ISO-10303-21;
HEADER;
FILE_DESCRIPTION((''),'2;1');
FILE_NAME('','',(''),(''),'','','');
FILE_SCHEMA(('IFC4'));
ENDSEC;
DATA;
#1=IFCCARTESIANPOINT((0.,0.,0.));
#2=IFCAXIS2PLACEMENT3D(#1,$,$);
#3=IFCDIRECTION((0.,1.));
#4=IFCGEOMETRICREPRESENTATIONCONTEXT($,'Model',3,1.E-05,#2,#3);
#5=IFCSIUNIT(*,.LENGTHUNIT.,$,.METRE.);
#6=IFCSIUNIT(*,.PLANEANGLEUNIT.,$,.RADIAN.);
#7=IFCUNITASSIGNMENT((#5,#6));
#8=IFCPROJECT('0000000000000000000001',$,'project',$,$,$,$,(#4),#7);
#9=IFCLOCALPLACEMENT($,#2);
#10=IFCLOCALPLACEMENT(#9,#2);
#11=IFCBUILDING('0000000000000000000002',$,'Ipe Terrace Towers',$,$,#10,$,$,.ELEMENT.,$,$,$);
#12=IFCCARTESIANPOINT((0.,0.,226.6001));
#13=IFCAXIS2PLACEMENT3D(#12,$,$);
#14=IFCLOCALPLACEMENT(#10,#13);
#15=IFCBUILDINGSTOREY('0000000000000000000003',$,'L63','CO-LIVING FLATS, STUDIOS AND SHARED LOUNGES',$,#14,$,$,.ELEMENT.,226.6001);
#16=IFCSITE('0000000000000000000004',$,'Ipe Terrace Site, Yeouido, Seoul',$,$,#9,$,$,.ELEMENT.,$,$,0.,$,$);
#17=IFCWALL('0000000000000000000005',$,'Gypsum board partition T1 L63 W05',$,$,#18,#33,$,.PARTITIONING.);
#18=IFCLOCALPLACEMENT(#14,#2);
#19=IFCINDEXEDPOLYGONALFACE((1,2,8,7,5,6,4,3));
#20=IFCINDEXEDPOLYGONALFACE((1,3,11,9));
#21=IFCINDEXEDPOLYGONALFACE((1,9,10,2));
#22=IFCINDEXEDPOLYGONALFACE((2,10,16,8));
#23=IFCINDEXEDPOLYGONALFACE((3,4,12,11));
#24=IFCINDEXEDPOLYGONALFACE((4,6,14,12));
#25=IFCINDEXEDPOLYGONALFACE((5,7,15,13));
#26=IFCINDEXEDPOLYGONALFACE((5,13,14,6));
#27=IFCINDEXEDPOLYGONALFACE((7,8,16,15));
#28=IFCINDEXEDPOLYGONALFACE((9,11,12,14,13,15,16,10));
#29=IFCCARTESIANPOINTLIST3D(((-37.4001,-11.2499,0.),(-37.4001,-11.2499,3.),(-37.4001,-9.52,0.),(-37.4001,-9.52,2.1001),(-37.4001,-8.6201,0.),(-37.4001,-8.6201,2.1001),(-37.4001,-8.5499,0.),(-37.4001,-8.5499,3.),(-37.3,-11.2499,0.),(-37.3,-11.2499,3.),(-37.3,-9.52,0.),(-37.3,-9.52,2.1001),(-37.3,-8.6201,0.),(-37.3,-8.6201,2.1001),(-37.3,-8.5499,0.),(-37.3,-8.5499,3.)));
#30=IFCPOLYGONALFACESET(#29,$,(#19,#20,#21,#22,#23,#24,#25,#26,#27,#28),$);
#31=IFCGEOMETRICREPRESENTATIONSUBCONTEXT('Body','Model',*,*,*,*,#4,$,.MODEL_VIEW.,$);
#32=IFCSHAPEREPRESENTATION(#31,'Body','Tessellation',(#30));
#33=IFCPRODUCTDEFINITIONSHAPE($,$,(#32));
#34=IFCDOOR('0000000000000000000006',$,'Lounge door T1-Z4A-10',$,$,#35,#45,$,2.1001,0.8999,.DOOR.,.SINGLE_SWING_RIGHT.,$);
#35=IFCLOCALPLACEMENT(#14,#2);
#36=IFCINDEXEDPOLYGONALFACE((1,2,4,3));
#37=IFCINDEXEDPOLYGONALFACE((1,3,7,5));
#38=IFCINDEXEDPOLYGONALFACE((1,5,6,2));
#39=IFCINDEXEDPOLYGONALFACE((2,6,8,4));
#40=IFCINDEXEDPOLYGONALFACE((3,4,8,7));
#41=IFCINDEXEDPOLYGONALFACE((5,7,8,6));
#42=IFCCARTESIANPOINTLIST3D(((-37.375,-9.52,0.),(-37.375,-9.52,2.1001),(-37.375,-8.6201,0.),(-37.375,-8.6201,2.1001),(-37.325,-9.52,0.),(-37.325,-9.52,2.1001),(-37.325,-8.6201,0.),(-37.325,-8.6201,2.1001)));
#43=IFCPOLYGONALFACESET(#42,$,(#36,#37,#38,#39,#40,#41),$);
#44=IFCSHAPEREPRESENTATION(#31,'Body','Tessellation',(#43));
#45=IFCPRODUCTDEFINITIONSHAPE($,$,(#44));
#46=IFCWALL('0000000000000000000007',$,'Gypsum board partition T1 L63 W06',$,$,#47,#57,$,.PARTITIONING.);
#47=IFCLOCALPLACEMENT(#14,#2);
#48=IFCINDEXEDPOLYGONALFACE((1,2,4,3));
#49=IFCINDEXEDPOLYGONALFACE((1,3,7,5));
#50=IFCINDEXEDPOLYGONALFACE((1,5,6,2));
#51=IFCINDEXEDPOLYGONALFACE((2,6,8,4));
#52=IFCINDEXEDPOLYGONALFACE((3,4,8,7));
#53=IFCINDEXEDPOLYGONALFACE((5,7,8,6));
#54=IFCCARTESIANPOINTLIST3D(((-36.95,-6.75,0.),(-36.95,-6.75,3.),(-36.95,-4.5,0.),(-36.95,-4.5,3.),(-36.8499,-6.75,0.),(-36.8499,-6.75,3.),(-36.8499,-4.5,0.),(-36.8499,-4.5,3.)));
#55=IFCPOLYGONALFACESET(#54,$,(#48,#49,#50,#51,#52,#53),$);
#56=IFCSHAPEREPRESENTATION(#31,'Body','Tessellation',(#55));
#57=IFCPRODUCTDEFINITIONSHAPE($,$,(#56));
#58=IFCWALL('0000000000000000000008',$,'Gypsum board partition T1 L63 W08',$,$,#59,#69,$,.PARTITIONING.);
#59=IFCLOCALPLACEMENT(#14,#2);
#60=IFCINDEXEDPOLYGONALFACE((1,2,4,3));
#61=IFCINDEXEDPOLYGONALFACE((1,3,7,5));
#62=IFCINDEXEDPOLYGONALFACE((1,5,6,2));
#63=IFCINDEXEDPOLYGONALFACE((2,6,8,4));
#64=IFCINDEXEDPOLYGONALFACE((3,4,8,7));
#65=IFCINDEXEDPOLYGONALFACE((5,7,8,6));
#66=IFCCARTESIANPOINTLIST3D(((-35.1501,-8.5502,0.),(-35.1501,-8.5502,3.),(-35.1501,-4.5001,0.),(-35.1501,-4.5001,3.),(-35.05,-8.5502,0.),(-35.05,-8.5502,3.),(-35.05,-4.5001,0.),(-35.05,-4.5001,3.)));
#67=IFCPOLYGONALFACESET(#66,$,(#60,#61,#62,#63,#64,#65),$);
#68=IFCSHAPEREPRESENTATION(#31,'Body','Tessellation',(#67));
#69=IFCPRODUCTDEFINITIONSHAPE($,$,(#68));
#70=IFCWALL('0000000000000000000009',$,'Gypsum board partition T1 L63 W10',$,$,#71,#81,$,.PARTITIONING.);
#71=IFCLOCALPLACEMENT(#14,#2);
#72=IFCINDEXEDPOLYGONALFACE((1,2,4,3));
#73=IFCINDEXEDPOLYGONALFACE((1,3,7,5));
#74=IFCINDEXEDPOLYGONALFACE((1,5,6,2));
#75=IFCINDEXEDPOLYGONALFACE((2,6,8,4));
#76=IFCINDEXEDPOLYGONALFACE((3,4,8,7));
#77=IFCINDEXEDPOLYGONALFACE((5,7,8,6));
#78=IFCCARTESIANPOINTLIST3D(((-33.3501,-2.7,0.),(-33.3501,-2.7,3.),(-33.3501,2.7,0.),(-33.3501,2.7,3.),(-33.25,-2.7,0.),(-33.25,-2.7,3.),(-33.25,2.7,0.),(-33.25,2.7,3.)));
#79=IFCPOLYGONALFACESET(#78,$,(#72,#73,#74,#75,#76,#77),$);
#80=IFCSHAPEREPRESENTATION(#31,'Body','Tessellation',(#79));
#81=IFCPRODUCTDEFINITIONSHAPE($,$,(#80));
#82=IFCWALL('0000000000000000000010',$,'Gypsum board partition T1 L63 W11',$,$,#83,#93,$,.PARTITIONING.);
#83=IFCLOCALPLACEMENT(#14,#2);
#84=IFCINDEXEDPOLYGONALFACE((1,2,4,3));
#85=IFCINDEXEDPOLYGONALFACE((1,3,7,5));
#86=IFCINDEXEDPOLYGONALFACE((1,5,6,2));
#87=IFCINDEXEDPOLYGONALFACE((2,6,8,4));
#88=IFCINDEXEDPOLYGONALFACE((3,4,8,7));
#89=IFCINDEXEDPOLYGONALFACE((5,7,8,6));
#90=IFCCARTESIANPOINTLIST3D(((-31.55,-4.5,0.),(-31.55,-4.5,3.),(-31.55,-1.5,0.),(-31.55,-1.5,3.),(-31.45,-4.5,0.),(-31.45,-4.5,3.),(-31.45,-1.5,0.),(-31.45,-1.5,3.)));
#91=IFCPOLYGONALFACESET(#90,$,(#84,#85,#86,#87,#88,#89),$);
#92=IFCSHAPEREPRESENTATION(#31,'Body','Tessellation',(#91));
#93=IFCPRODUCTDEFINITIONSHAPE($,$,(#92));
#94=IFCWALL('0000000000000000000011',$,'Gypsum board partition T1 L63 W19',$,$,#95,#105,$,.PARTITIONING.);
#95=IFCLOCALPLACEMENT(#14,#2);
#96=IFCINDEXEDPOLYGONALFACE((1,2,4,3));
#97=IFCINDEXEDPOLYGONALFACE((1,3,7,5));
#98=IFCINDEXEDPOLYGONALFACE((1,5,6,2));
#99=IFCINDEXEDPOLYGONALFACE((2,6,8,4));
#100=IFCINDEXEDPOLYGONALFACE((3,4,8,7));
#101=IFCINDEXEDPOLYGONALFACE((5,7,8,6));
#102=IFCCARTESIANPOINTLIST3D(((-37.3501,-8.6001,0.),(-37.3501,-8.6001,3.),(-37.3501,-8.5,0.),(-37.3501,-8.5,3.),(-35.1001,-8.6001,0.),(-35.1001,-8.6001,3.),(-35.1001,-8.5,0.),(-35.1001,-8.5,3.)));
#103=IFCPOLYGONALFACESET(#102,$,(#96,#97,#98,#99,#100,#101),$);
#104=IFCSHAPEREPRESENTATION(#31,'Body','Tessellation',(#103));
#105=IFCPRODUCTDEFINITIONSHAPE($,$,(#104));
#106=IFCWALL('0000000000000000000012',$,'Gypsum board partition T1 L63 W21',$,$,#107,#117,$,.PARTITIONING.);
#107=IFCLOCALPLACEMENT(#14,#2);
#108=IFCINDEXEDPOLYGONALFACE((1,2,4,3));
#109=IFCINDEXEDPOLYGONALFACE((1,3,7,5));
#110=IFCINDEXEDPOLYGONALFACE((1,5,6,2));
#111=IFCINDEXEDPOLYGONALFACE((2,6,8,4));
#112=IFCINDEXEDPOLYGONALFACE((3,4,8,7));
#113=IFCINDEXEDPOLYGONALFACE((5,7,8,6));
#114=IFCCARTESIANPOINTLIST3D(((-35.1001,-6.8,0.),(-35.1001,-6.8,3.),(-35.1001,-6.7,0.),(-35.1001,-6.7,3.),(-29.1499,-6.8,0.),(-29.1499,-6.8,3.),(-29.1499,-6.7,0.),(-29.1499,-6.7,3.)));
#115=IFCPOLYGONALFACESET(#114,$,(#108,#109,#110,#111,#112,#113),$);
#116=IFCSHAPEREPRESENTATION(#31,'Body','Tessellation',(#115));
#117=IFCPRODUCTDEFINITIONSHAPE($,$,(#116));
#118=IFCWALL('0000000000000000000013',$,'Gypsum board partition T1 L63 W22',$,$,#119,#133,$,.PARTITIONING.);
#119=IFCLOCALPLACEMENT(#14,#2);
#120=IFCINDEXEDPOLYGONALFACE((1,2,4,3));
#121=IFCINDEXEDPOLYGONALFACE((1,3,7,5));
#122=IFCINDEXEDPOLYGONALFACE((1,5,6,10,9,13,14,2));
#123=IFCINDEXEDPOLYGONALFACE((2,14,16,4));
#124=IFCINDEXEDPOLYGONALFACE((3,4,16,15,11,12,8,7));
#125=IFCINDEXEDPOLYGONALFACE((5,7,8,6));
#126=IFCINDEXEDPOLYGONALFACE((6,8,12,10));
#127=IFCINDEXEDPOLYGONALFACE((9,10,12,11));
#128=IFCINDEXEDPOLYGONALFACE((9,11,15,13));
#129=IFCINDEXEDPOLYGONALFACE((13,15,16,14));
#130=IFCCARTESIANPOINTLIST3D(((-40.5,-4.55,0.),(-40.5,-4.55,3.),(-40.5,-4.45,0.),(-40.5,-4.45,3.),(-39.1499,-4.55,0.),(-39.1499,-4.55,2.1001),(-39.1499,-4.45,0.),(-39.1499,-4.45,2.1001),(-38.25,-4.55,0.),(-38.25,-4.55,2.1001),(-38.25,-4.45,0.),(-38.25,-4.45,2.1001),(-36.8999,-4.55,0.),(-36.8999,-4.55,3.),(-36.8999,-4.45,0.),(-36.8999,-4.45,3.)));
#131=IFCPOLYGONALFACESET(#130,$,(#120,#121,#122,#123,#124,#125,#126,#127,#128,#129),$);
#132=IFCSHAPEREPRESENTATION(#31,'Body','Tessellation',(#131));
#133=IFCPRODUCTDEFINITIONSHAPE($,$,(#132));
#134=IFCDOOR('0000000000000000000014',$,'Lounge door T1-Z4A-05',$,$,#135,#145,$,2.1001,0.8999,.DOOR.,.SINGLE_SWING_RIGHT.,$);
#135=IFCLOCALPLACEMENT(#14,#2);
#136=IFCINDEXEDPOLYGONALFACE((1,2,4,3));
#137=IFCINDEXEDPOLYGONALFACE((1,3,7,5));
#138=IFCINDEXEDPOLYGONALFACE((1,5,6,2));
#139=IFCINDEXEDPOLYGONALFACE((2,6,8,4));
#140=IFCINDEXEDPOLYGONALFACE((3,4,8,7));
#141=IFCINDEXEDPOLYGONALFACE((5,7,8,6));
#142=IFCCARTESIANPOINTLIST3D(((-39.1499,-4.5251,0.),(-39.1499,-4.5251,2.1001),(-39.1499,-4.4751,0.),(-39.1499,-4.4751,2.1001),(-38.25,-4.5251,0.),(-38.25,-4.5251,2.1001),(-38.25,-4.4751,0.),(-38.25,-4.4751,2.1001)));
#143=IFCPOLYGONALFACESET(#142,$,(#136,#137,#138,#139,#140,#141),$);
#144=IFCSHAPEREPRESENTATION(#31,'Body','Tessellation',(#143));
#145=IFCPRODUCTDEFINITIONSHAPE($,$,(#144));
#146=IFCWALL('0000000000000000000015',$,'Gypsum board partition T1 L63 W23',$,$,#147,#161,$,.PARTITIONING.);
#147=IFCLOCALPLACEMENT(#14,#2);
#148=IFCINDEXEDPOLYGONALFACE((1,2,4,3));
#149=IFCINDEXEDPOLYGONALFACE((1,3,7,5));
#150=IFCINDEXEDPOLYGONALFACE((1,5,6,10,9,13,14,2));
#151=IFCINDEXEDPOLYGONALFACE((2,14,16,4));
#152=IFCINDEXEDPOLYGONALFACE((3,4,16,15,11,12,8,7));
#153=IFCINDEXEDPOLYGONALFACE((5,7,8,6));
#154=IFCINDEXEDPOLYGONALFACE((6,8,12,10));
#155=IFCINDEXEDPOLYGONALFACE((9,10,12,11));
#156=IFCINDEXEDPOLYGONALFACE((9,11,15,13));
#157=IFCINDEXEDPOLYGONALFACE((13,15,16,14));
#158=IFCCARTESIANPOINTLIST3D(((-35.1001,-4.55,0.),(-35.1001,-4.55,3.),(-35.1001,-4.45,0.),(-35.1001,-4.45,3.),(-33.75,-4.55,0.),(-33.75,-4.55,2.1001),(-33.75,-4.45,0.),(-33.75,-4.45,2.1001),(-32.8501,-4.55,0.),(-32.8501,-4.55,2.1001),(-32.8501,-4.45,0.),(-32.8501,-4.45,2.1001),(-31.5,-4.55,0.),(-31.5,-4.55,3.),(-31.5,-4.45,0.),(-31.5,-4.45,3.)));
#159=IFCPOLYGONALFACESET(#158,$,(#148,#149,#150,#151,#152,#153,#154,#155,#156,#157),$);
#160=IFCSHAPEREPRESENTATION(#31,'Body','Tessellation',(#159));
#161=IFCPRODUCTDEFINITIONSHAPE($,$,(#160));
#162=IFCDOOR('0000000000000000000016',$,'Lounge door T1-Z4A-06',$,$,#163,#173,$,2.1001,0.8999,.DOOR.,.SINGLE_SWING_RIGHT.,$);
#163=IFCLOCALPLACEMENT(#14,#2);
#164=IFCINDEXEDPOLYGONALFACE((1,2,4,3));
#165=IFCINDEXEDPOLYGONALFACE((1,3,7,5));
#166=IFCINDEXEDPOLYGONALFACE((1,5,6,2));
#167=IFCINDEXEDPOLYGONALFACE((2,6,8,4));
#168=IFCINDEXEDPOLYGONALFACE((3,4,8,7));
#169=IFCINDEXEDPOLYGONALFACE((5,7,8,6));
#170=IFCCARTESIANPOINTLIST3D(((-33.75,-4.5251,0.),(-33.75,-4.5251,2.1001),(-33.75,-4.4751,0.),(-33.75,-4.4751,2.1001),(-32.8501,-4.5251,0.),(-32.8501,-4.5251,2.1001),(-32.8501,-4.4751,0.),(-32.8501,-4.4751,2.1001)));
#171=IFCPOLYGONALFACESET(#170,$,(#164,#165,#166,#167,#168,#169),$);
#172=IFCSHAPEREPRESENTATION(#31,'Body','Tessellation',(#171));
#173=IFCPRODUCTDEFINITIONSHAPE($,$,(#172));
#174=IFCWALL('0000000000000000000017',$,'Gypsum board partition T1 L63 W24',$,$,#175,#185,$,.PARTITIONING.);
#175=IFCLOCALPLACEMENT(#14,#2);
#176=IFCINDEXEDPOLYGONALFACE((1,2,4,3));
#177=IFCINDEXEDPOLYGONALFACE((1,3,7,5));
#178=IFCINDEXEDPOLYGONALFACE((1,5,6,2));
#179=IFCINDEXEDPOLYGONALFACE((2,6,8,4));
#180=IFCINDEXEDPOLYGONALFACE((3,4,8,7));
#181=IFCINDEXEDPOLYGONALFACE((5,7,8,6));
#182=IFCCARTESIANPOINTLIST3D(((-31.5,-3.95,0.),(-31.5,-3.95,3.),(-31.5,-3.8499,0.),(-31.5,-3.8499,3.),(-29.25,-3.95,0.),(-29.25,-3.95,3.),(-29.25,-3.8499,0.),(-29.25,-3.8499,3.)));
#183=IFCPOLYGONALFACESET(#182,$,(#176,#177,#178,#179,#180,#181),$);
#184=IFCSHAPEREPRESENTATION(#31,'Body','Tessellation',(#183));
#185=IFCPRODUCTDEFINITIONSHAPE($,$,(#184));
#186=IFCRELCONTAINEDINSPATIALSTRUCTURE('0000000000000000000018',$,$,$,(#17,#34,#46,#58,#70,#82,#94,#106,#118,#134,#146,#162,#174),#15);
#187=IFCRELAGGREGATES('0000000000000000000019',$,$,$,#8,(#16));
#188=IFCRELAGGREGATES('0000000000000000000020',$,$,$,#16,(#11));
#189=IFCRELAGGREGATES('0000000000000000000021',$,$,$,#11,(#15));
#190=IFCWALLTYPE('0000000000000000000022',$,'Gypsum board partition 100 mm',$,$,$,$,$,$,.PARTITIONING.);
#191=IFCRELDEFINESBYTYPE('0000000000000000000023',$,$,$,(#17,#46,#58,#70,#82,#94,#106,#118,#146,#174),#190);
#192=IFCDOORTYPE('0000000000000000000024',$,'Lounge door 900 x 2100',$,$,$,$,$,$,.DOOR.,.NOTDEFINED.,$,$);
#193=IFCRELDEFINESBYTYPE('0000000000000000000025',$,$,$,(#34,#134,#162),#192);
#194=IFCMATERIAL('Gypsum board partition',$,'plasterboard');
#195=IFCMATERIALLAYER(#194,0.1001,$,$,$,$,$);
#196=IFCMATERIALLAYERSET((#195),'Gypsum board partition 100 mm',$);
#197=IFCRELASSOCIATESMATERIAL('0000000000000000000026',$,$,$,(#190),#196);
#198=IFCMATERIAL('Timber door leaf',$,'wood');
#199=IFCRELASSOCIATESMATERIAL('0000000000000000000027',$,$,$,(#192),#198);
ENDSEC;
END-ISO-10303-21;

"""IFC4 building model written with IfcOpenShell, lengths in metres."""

from ifc_helpers import new_model, si_unit, direction, frame, frame_2d, origin, place, context, subcontext, project, spatial, rectangle, extrude, material, layer, layer_set, type_object, element, fill, save


model = new_model("IFC4")

# Units and contexts
model_context = context("Model", 3, precision=1e-05, world=origin(), true_north=direction((0.0, 1.0)))
body_context = subcontext(model_context, "Body", "Model", "MODEL_VIEW")
ifc_project = project(units=[si_unit("LENGTHUNIT", "METRE"), si_unit("PLANEANGLEUNIT", "RADIAN")], contexts=[model_context])

# Site, building, storey
site_placement = place(None, origin())
site = spatial("IfcSite", under=ifc_project, at=site_placement, Name="Ipe Terrace Site, Yeouido, Seoul", CompositionType="ELEMENT", RefElevation=0.0)
building_placement = place(site_placement, origin())
building = spatial("IfcBuilding", under=site, at=building_placement, Name="Ipe Terrace Towers", CompositionType="ELEMENT")
storey_placement = place(building_placement, frame((0.0, 0.0, 226.6001)))
storey = spatial("IfcBuildingStorey", under=building, at=storey_placement, Name="L63", Description="CO-LIVING FLATS, STUDIOS AND SHARED LOUNGES", CompositionType="ELEMENT", Elevation=226.6001)

# Shared definitions
ifc_material_1 = material(Name="Gypsum board partition", Category="plasterboard")
ifc_layer_1 = layer(ifc_material_1, 0.1001)
ifc_layer_set_1 = layer_set([ifc_layer_1], Name="Gypsum board partition 100 mm")
wall_type_1 = type_object("IfcWallType", Name="Gypsum board partition 100 mm", PredefinedType="PARTITIONING", material=ifc_layer_set_1)
ifc_material_2 = material(Name="Timber door leaf", Category="wood")
door_type = type_object("IfcDoorType", Name="Lounge door 900 x 2100", OperationType="NOTDEFINED", PredefinedType="DOOR", material=ifc_material_2)

# Wall, opening, door
wall_1_placement = place(storey_placement, frame((-37.3501, -11.25, 0.0), z_axis=(0.0, 0.0, 1.0), x_axis=(0.0, 1.0, 0.0)))
wall_1 = element("IfcWall", 1, at=wall_1_placement, inside=storey, type_object=wall_type_1, Name="Gypsum board partition T1 L63 W05", PredefinedType="PARTITIONING", context=body_context, shape_type="SweptSolid", body=[
    extrude(rectangle(XDim=2.7, YDim=0.1001, at=frame_2d((1.3501, 0.0))), origin(), (0.0, 0.0, 1.0), 3.0),
])
opening_1_placement = place(wall_1_placement, frame((1.73, 0.0, 0.0)))
opening_1 = element("IfcOpeningElement", 2, at=opening_1_placement, cuts=wall_1, PredefinedType="OPENING", context=body_context, shape_type="SweptSolid", body=[
    extrude(rectangle(XDim=0.8999, YDim=2.1001, at=frame_2d((0.45, 1.05))), frame((0.0, 0.0601, 0.0), z_axis=(0.0, -1.0, 0.0), x_axis=(1.0, 0.0, 0.0)), (0.0, 0.0, 1.0), 0.1201),
])
door_1_placement = place(opening_1_placement, origin())
door_1 = element("IfcDoor", 3, at=door_1_placement, inside=storey, type_object=door_type, Name="Lounge door T1-Z4A-10", OperationType="SINGLE_SWING_RIGHT", OverallHeight=2.1001, OverallWidth=0.8999, PredefinedType="DOOR", context=body_context, shape_type="SweptSolid", body=[
    extrude(rectangle(XDim=0.8999, YDim=2.1001, at=frame_2d((0.45, 1.05))), frame((0.0, 0.0249, 0.0), z_axis=(0.0, -1.0, 0.0), x_axis=(1.0, 0.0, 0.0)), (0.0, 0.0, 1.0), 0.05),
])
fill(opening_1, door_1)

# Walls
wall_2_placement = place(storey_placement, frame((-36.8999, -6.75, 0.0), z_axis=(0.0, 0.0, 1.0), x_axis=(0.0, 1.0, 0.0)))
element("IfcWall", 4, at=wall_2_placement, inside=storey, type_object=wall_type_1, Name="Gypsum board partition T1 L63 W06", PredefinedType="PARTITIONING", context=body_context, shape_type="SweptSolid", body=[
    extrude(rectangle(XDim=2.25, YDim=0.1001, at=frame_2d((1.125, 0.0))), origin(), (0.0, 0.0, 1.0), 3.0),
])
wall_3_placement = place(storey_placement, frame((-35.1001, -8.55, 0.0), z_axis=(0.0, 0.0, 1.0), x_axis=(0.0, 1.0, 0.0)))
element("IfcWall", 5, at=wall_3_placement, inside=storey, type_object=wall_type_1, Name="Gypsum board partition T1 L63 W08", PredefinedType="PARTITIONING", context=body_context, shape_type="SweptSolid", body=[
    extrude(rectangle(XDim=4.05, YDim=0.1001, at=frame_2d((2.0249, 0.0))), origin(), (0.0, 0.0, 1.0), 3.0),
])
wall_4_placement = place(storey_placement, frame((-33.3, -2.7, 0.0), z_axis=(0.0, 0.0, 1.0), x_axis=(0.0, 1.0, 0.0)))
element("IfcWall", 6, at=wall_4_placement, inside=storey, type_object=wall_type_1, Name="Gypsum board partition T1 L63 W10", PredefinedType="PARTITIONING", context=body_context, shape_type="SweptSolid", body=[
    extrude(rectangle(XDim=5.3999, YDim=0.1001, at=frame_2d((2.7, 0.0))), origin(), (0.0, 0.0, 1.0), 3.0),
])
wall_5_placement = place(storey_placement, frame((-31.5, -4.5, 0.0), z_axis=(0.0, 0.0, 1.0), x_axis=(0.0, 1.0, 0.0)))
element("IfcWall", 7, at=wall_5_placement, inside=storey, type_object=wall_type_1, Name="Gypsum board partition T1 L63 W11", PredefinedType="PARTITIONING", context=body_context, shape_type="SweptSolid", body=[
    extrude(rectangle(XDim=3.0, YDim=0.1001, at=frame_2d((1.5, 0.0))), origin(), (0.0, 0.0, 1.0), 3.0),
])
wall_6_placement = place(storey_placement, frame((-37.3501, -8.55, 0.0), z_axis=(0.0, 0.0, 1.0), x_axis=(1.0, 0.0, 0.0)))
element("IfcWall", 8, at=wall_6_placement, inside=storey, type_object=wall_type_1, Name="Gypsum board partition T1 L63 W19", PredefinedType="PARTITIONING", context=body_context, shape_type="SweptSolid", body=[
    extrude(rectangle(XDim=2.25, YDim=0.1001, at=frame_2d((1.125, 0.0))), origin(), (0.0, 0.0, 1.0), 3.0),
])
wall_7_placement = place(storey_placement, frame((-35.1001, -6.75, 0.0), z_axis=(0.0, 0.0, 1.0), x_axis=(1.0, 0.0, 0.0)))
element("IfcWall", 9, at=wall_7_placement, inside=storey, type_object=wall_type_1, Name="Gypsum board partition T1 L63 W21", PredefinedType="PARTITIONING", context=body_context, shape_type="SweptSolid", body=[
    extrude(rectangle(XDim=5.9502, YDim=0.1001, at=frame_2d((2.9751, 0.0))), origin(), (0.0, 0.0, 1.0), 3.0),
])

# Walls, openings, doors
wall_8_placement = place(storey_placement, frame((-40.5, -4.5, 0.0), z_axis=(0.0, 0.0, 1.0), x_axis=(1.0, 0.0, 0.0)))
wall_8 = element("IfcWall", 10, at=wall_8_placement, inside=storey, type_object=wall_type_1, Name="Gypsum board partition T1 L63 W22", PredefinedType="PARTITIONING", context=body_context, shape_type="SweptSolid", body=[
    extrude(rectangle(XDim=3.6001, YDim=0.1001, at=frame_2d((1.8, 0.0))), origin(), (0.0, 0.0, 1.0), 3.0),
])
opening_2_placement = place(wall_8_placement, frame((1.3501, 0.0, 0.0)))
opening_2 = element("IfcOpeningElement", 11, at=opening_2_placement, cuts=wall_8, PredefinedType="OPENING", context=body_context, shape_type="SweptSolid", body=[
    extrude(rectangle(XDim=0.8999, YDim=2.1001, at=frame_2d((0.45, 1.05))), frame((0.0, 0.0601, 0.0), z_axis=(0.0, -1.0, 0.0), x_axis=(1.0, 0.0, 0.0)), (0.0, 0.0, 1.0), 0.1201),
])
door_2_placement = place(opening_2_placement, origin())
door_2 = element("IfcDoor", 12, at=door_2_placement, inside=storey, type_object=door_type, Name="Lounge door T1-Z4A-05", OperationType="SINGLE_SWING_RIGHT", OverallHeight=2.1001, OverallWidth=0.8999, PredefinedType="DOOR", context=body_context, shape_type="SweptSolid", body=[
    extrude(rectangle(XDim=0.8999, YDim=2.1001, at=frame_2d((0.45, 1.05))), frame((0.0, 0.0249, 0.0), z_axis=(0.0, -1.0, 0.0), x_axis=(1.0, 0.0, 0.0)), (0.0, 0.0, 1.0), 0.05),
])
fill(opening_2, door_2)
wall_9_placement = place(storey_placement, frame((-35.1001, -4.5, 0.0), z_axis=(0.0, 0.0, 1.0), x_axis=(1.0, 0.0, 0.0)))
wall_9 = element("IfcWall", 13, at=wall_9_placement, inside=storey, type_object=wall_type_1, Name="Gypsum board partition T1 L63 W23", PredefinedType="PARTITIONING", context=body_context, shape_type="SweptSolid", body=[
    extrude(rectangle(XDim=3.6001, YDim=0.1001, at=frame_2d((1.8, 0.0))), origin(), (0.0, 0.0, 1.0), 3.0),
])
opening_3_placement = place(wall_9_placement, frame((1.3501, 0.0, 0.0)))
opening_3 = element("IfcOpeningElement", 14, at=opening_3_placement, cuts=wall_9, PredefinedType="OPENING", context=body_context, shape_type="SweptSolid", body=[
    extrude(rectangle(XDim=0.8999, YDim=2.1001, at=frame_2d((0.45, 1.05))), frame((0.0, 0.0601, 0.0), z_axis=(0.0, -1.0, 0.0), x_axis=(1.0, 0.0, 0.0)), (0.0, 0.0, 1.0), 0.1201),
])
door_3_placement = place(opening_3_placement, origin())
door_3 = element("IfcDoor", 15, at=door_3_placement, inside=storey, type_object=door_type, Name="Lounge door T1-Z4A-06", OperationType="SINGLE_SWING_RIGHT", OverallHeight=2.1001, OverallWidth=0.8999, PredefinedType="DOOR", context=body_context, shape_type="SweptSolid", body=[
    extrude(rectangle(XDim=0.8999, YDim=2.1001, at=frame_2d((0.45, 1.05))), frame((0.0, 0.0249, 0.0), z_axis=(0.0, -1.0, 0.0), x_axis=(1.0, 0.0, 0.0)), (0.0, 0.0, 1.0), 0.05),
])
fill(opening_3, door_3)

# Wall
wall_10_placement = place(storey_placement, frame((-31.5, -3.8999, 0.0), z_axis=(0.0, 0.0, 1.0), x_axis=(1.0, 0.0, 0.0)))
element("IfcWall", 16, at=wall_10_placement, inside=storey, type_object=wall_type_1, Name="Gypsum board partition T1 L63 W24", PredefinedType="PARTITIONING", context=body_context, shape_type="SweptSolid", body=[
    extrude(rectangle(XDim=2.25, YDim=0.1001, at=frame_2d((1.125, 0.0))), origin(), (0.0, 0.0, 1.0), 3.0),
])

save(model, "model.ifc")
